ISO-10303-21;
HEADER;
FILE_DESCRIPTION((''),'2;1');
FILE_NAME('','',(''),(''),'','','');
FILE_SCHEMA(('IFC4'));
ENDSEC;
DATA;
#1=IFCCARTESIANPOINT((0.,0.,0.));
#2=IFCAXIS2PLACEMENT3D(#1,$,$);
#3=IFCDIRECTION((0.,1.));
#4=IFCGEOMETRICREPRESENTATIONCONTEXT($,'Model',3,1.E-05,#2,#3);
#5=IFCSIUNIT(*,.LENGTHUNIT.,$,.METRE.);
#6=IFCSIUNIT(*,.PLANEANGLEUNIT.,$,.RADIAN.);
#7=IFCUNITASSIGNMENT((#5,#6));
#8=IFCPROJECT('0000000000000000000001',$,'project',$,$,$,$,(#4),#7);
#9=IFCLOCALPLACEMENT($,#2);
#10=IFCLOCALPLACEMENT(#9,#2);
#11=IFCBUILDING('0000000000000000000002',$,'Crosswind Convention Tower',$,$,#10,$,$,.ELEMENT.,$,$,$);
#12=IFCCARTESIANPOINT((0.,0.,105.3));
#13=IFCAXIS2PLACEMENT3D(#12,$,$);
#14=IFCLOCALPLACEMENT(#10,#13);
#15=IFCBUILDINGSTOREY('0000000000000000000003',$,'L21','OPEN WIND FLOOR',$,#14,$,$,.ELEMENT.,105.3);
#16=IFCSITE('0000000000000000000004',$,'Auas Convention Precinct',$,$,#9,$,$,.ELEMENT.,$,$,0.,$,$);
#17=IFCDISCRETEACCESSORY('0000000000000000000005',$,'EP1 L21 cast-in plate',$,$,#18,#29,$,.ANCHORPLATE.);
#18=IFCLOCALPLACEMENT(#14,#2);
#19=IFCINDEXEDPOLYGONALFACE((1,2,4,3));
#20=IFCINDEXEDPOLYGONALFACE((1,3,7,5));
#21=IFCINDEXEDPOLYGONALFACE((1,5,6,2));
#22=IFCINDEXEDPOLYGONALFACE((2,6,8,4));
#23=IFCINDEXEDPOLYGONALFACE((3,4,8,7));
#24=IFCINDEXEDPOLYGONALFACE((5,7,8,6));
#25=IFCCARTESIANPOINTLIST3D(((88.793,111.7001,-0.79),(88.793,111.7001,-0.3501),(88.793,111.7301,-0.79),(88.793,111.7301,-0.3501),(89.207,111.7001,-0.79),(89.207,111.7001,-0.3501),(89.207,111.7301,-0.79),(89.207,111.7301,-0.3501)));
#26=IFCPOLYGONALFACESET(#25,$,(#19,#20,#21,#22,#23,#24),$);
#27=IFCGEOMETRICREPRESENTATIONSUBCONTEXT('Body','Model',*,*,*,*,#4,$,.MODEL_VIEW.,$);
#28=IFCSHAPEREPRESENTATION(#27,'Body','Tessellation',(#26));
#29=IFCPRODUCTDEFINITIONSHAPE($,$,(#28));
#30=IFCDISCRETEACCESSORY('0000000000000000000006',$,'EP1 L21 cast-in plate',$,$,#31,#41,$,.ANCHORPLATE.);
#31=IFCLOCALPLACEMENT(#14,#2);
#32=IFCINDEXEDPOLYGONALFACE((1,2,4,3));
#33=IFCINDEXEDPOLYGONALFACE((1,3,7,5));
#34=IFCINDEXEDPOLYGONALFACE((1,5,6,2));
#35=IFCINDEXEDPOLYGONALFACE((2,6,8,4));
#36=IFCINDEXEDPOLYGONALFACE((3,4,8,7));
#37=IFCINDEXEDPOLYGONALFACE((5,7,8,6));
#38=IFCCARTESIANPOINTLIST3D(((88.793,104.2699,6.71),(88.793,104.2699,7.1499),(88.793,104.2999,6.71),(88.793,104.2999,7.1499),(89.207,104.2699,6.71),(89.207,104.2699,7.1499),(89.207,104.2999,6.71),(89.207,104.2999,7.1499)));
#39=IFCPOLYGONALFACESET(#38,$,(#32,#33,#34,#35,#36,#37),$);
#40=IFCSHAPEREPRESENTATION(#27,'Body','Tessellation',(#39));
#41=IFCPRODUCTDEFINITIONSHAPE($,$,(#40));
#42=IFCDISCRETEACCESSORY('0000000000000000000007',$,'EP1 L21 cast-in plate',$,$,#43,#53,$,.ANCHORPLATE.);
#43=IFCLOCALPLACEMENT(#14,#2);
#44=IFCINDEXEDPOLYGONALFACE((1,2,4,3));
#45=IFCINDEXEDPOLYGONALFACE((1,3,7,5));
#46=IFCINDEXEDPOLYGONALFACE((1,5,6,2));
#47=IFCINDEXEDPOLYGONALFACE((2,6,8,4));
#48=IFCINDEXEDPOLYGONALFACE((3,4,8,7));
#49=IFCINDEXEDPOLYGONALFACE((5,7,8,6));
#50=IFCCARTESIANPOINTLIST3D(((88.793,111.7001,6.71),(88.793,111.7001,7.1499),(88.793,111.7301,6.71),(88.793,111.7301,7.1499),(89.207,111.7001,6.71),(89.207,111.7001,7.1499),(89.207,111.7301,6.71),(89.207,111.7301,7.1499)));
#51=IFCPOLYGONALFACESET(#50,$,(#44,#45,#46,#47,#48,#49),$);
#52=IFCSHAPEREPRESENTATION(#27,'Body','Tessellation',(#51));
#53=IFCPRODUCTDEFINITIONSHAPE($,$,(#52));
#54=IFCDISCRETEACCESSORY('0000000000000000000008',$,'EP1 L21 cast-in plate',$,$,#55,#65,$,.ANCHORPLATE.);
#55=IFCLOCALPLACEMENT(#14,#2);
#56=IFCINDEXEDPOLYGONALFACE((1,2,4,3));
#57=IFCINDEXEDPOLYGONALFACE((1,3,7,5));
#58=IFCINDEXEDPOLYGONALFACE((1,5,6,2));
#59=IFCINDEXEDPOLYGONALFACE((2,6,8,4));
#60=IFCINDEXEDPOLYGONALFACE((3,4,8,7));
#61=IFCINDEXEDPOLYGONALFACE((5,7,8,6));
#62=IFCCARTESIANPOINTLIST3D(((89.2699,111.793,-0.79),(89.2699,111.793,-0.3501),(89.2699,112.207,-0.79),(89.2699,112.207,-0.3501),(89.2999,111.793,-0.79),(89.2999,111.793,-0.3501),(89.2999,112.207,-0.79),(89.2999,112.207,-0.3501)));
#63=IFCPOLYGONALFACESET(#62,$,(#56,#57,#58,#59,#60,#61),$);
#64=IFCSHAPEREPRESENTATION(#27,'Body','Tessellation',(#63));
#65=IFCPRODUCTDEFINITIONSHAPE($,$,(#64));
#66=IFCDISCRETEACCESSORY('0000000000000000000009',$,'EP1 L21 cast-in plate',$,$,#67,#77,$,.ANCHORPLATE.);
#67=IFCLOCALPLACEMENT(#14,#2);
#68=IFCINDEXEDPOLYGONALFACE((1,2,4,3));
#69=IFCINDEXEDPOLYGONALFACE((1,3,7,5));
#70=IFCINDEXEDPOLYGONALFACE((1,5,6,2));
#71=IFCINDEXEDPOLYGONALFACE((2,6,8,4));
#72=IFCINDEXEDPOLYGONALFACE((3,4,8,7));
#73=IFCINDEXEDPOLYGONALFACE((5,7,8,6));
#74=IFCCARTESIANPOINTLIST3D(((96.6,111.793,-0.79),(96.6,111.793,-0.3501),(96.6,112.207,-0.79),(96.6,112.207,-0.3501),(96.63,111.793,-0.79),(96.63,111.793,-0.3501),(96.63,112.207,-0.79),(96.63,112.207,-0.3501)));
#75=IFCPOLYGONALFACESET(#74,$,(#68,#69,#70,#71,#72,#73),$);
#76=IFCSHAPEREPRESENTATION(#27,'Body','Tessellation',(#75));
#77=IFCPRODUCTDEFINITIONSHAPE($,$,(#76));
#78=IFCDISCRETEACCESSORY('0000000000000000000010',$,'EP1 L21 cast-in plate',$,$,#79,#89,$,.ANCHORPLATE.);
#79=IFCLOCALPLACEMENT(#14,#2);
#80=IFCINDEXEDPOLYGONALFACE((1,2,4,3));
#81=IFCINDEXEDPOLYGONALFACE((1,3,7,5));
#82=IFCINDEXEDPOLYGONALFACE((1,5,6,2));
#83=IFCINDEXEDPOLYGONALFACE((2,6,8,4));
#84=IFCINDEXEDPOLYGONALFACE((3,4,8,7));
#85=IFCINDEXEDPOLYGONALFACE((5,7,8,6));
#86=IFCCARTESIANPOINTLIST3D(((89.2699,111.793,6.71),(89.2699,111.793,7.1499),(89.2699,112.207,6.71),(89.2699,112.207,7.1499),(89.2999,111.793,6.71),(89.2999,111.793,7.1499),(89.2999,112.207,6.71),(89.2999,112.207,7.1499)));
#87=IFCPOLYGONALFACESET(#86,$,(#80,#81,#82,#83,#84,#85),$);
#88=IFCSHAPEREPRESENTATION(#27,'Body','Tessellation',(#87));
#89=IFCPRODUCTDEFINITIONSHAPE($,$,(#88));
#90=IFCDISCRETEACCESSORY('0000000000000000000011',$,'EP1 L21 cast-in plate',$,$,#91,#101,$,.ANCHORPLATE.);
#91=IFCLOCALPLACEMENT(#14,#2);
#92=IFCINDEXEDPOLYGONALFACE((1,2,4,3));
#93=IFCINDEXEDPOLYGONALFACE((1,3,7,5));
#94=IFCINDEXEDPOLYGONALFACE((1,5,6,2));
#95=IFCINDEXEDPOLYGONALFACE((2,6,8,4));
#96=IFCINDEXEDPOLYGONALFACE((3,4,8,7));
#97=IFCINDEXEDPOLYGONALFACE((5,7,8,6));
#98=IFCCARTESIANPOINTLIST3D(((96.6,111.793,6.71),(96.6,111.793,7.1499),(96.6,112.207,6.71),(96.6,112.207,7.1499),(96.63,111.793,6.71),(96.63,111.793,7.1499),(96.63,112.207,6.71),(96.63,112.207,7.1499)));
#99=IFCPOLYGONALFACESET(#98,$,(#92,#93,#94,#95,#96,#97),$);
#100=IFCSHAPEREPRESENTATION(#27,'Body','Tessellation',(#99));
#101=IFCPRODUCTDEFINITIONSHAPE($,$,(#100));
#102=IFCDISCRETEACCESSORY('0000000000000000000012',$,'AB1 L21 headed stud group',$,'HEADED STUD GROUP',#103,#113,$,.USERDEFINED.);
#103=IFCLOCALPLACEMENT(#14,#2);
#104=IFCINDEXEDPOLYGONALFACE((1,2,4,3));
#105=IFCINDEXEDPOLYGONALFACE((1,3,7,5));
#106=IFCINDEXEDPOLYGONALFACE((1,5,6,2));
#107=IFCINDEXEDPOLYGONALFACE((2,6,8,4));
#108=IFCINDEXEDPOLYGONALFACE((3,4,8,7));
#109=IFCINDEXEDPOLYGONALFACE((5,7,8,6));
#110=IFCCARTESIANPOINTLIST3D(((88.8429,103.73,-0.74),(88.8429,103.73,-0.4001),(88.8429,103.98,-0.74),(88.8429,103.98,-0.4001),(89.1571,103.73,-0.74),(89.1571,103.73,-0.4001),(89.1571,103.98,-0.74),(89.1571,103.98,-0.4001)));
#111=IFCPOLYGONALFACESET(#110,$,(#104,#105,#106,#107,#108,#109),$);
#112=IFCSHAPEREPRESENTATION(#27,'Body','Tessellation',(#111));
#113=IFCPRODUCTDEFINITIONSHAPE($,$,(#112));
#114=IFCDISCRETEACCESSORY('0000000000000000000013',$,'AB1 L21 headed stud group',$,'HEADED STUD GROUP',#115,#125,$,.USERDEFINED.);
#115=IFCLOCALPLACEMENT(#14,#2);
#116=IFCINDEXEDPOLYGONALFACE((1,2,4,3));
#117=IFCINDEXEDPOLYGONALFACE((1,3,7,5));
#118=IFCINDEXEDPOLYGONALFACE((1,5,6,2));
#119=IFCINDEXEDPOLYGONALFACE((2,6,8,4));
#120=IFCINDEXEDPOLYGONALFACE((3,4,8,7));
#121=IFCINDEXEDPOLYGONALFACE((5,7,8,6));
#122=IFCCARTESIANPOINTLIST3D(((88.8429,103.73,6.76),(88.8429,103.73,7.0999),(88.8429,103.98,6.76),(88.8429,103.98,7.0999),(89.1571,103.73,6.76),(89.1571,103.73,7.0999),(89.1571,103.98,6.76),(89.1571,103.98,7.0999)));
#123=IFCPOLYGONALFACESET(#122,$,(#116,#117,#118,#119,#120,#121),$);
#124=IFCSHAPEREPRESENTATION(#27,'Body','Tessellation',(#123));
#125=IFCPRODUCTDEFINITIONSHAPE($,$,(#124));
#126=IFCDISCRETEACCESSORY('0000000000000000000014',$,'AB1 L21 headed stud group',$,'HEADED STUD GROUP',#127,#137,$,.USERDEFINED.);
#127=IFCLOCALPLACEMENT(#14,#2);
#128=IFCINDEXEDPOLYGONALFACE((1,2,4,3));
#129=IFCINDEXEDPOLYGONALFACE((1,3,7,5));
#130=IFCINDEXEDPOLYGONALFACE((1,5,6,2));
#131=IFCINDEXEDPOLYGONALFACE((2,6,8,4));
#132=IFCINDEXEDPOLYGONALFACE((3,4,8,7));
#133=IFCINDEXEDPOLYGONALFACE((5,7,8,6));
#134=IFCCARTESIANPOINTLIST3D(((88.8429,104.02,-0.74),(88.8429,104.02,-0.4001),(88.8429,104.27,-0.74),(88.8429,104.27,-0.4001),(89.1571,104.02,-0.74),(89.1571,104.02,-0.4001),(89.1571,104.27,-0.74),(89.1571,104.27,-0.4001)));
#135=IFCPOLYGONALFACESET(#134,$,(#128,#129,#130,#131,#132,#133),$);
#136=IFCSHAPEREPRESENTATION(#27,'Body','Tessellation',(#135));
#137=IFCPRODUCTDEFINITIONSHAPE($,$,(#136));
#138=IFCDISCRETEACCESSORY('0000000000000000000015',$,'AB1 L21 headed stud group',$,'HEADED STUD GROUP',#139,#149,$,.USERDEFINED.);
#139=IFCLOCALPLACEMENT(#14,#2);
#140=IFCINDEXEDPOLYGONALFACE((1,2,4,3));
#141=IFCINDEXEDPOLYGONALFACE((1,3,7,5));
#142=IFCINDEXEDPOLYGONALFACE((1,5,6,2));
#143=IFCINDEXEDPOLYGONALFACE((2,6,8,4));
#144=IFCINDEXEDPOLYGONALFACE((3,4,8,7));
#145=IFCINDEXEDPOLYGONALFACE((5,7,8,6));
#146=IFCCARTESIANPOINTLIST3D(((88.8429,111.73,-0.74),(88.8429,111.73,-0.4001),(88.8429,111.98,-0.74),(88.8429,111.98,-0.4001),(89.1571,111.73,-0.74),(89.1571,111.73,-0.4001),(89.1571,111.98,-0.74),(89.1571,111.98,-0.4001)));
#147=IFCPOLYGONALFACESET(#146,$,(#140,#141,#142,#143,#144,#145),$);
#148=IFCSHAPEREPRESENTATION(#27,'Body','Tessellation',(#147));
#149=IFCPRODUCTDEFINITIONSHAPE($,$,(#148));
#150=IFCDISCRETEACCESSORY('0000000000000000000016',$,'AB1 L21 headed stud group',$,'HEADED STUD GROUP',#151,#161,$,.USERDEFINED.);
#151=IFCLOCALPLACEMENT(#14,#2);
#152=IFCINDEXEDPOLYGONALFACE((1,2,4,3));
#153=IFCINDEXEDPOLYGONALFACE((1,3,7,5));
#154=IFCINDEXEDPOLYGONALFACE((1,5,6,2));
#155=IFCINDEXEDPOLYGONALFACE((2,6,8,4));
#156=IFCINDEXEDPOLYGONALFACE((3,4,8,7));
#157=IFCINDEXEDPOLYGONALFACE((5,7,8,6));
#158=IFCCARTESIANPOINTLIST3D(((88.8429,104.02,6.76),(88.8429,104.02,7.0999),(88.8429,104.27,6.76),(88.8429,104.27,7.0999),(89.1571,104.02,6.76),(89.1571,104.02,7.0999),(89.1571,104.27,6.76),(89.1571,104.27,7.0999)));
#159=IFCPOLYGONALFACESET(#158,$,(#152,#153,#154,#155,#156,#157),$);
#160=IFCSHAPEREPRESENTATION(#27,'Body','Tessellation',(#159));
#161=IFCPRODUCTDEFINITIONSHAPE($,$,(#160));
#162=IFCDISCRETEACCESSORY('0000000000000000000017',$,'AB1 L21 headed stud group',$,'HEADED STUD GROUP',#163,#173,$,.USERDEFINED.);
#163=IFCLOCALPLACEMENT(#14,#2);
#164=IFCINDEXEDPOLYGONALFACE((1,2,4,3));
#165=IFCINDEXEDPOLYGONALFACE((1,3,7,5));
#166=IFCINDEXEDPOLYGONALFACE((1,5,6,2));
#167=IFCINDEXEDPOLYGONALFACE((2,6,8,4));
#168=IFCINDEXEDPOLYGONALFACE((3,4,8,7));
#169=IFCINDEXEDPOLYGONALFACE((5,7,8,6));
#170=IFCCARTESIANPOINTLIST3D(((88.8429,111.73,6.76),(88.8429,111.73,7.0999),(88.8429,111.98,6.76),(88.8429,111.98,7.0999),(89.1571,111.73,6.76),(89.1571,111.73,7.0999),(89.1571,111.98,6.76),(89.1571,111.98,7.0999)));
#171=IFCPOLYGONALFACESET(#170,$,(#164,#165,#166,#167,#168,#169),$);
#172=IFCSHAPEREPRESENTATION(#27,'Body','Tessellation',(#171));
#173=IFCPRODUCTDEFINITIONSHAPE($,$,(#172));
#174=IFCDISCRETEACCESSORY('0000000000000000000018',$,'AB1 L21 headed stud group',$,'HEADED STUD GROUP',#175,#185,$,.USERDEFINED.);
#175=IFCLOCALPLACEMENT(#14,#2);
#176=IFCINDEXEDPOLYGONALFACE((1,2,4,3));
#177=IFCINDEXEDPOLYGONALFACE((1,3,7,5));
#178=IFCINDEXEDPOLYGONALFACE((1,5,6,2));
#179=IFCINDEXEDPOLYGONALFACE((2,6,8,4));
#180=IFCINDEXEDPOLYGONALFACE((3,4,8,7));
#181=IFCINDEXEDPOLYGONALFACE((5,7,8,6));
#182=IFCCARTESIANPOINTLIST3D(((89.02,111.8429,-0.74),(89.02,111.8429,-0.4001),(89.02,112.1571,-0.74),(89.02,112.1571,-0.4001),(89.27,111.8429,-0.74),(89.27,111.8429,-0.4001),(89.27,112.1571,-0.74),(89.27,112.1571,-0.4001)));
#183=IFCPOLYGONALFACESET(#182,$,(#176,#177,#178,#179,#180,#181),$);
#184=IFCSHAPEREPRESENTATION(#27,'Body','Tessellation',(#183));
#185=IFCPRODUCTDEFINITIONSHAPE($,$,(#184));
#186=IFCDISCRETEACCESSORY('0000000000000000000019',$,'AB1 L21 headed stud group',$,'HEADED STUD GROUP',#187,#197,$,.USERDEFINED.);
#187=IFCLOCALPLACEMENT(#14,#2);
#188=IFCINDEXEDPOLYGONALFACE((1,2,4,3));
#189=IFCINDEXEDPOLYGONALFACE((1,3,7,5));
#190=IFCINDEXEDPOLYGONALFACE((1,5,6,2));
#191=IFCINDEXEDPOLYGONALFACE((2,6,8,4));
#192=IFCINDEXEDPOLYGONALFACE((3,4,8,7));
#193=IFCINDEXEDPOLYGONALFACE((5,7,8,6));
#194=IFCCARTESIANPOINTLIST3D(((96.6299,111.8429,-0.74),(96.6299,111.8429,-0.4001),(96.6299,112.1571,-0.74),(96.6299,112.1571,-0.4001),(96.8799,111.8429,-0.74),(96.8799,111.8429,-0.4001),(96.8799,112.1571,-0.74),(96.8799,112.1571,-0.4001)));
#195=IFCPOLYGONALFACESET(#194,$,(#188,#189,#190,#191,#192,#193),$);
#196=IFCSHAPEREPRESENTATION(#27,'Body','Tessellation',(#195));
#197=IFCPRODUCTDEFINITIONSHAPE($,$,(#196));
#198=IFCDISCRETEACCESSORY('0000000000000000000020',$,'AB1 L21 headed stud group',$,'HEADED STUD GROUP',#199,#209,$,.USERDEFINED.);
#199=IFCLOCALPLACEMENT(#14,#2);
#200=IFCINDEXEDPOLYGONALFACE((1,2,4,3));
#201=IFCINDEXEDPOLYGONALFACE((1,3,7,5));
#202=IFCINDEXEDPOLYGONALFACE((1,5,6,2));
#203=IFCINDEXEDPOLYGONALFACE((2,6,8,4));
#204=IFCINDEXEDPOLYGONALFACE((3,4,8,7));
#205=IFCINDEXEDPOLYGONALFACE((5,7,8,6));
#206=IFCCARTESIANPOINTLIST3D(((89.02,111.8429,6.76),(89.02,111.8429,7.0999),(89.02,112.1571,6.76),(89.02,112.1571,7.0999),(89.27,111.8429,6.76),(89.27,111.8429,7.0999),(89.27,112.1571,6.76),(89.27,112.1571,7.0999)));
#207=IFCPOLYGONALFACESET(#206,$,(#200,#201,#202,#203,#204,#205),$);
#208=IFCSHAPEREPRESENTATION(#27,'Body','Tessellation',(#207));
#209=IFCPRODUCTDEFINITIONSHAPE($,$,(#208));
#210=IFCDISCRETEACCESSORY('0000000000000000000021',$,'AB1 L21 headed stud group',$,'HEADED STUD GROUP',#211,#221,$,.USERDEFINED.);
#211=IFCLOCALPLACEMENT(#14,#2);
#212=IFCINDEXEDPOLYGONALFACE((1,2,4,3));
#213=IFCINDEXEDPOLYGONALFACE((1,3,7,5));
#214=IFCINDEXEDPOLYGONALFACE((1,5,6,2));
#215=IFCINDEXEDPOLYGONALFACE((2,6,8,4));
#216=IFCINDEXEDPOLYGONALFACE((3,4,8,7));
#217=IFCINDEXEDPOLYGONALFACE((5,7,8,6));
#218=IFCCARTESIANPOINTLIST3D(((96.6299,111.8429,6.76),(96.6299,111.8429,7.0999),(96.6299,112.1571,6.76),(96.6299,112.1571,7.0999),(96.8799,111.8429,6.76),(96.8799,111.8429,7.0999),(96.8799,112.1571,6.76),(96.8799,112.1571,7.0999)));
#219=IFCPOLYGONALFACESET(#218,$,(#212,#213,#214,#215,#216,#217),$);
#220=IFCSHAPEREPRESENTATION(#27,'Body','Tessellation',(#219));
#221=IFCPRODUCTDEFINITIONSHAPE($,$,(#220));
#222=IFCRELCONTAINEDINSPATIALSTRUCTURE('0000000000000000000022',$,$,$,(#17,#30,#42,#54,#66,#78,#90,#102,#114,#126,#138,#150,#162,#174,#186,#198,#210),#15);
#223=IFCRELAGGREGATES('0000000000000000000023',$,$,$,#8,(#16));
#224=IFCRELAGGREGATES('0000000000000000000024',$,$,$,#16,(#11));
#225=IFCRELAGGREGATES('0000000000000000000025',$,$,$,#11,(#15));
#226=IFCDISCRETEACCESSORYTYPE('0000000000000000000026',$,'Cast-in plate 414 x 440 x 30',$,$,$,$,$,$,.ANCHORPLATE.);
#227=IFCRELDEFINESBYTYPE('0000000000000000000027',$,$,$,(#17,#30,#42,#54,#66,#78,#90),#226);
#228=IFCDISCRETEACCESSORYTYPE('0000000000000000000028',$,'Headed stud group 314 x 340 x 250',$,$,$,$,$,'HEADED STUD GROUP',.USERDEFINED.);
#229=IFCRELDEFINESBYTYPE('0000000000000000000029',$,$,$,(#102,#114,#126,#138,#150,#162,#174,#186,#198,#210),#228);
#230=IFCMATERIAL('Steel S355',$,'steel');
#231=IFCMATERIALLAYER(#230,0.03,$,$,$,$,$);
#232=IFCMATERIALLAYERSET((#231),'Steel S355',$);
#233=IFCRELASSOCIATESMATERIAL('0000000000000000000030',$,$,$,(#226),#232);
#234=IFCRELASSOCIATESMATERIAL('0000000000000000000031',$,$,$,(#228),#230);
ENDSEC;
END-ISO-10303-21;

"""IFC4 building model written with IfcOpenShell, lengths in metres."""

from ifc_helpers import new_model, si_unit, direction, frame, origin, origin_2d, place, context, subcontext, project, spatial, rectangle, extrude, material, layer, layer_set, type_object, element, save


model = new_model("IFC4")

# Units and contexts
model_context = context("Model", 3, precision=1e-05, world=origin(), true_north=direction((0.0, 1.0)))
body_context = subcontext(model_context, "Body", "Model", "MODEL_VIEW")
ifc_project = project(units=[si_unit("LENGTHUNIT", "METRE"), si_unit("PLANEANGLEUNIT", "RADIAN")], contexts=[model_context])

# Site, building, storey
site_placement = place(None, origin())
site = spatial("IfcSite", under=ifc_project, at=site_placement, Name="Auas Convention Precinct", CompositionType="ELEMENT", RefElevation=0.0)
building_placement = place(site_placement, origin())
building = spatial("IfcBuilding", under=site, at=building_placement, Name="Crosswind Convention Tower", CompositionType="ELEMENT")
storey_placement = place(building_placement, frame((0.0, 0.0, 105.3)))
storey = spatial("IfcBuildingStorey", under=building, at=storey_placement, Name="L21", Description="OPEN WIND FLOOR", CompositionType="ELEMENT", Elevation=105.3)

# Shared definitions
ifc_material_1 = material(Name="Steel S355", Category="steel")

# Discrete accessories
ifc_layer_1 = layer(ifc_material_1, 0.03)
ifc_layer_set_1 = layer_set([ifc_layer_1], Name="Steel S355")
discrete_accessory_type_1 = type_object("IfcDiscreteAccessoryType", Name="Cast-in plate 414 x 440 x 30", PredefinedType="ANCHORPLATE", material=ifc_layer_set_1)
for number, where, z_axis, x_axis, name in (
    (1, (89.0, 111.7151, -0.79), (0.0, 0.0, 1.0), (1.0, 0.0, 0.0), "EP1 L21 cast-in plate"),
    (2, (89.0, 104.2849, 6.71), (0.0, 0.0, 1.0), (1.0, 0.0, 0.0), "EP1 L21 cast-in plate"),
    (3, (89.0, 111.7151, 6.71), (0.0, 0.0, 1.0), (1.0, 0.0, 0.0), "EP1 L21 cast-in plate"),
):
    element("IfcDiscreteAccessory", number, at=place(storey_placement, frame(where, z_axis=z_axis, x_axis=x_axis)), inside=storey, type_object=discrete_accessory_type_1, Name=name, PredefinedType="ANCHORPLATE", context=body_context, shape_type="SweptSolid", body=[
        extrude(rectangle(XDim=0.4141, YDim=0.03, at=origin_2d()), origin(), (0.0, 0.0, 1.0), 0.4399),
    ])
for number, where, z_axis, x_axis, name in (
    (4, (89.2849, 112.0, -0.79), (0.0, 0.0, 1.0), (1.0, 0.0, 0.0), "EP1 L21 cast-in plate"),
    (5, (96.615, 112.0, -0.79), (0.0, 0.0, 1.0), (1.0, 0.0, 0.0), "EP1 L21 cast-in plate"),
    (6, (89.2849, 112.0, 6.71), (0.0, 0.0, 1.0), (1.0, 0.0, 0.0), "EP1 L21 cast-in plate"),
    (7, (96.615, 112.0, 6.71), (0.0, 0.0, 1.0), (1.0, 0.0, 0.0), "EP1 L21 cast-in plate"),
):
    element("IfcDiscreteAccessory", number, at=place(storey_placement, frame(where, z_axis=z_axis, x_axis=x_axis)), inside=storey, type_object=discrete_accessory_type_1, Name=name, PredefinedType="ANCHORPLATE", context=body_context, shape_type="SweptSolid", body=[
        extrude(rectangle(XDim=0.03, YDim=0.4141, at=origin_2d()), origin(), (0.0, 0.0, 1.0), 0.4399),
    ])
discrete_accessory_type_2 = type_object("IfcDiscreteAccessoryType", Name="Headed stud group 314 x 340 x 250", ElementType="HEADED STUD GROUP", PredefinedType="USERDEFINED", material=ifc_material_1)
for number, where, z_axis, x_axis, name in (
    (8, (89.0, 103.855, -0.74), (0.0, 0.0, 1.0), (1.0, 0.0, 0.0), "AB1 L21 headed stud group"),
    (9, (89.0, 103.855, 6.76), (0.0, 0.0, 1.0), (1.0, 0.0, 0.0), "AB1 L21 headed stud group"),
    (10, (89.0, 104.145, -0.74), (0.0, 0.0, 1.0), (1.0, 0.0, 0.0), "AB1 L21 headed stud group"),
    (11, (89.0, 111.855, -0.74), (0.0, 0.0, 1.0), (1.0, 0.0, 0.0), "AB1 L21 headed stud group"),
    (12, (89.0, 104.145, 6.76), (0.0, 0.0, 1.0), (1.0, 0.0, 0.0), "AB1 L21 headed stud group"),
    (13, (89.0, 111.855, 6.76), (0.0, 0.0, 1.0), (1.0, 0.0, 0.0), "AB1 L21 headed stud group"),
):
    element("IfcDiscreteAccessory", number, at=place(storey_placement, frame(where, z_axis=z_axis, x_axis=x_axis)), inside=storey, type_object=discrete_accessory_type_2, Name=name, ObjectType="HEADED STUD GROUP", PredefinedType="USERDEFINED", context=body_context, shape_type="SweptSolid", body=[
        extrude(rectangle(XDim=0.3142, YDim=0.25, at=origin_2d()), origin(), (0.0, 0.0, 1.0), 0.3398),
    ])
for number, where, z_axis, x_axis, name in (
    (14, (89.145, 112.0, -0.74), (0.0, 0.0, 1.0), (1.0, 0.0, 0.0), "AB1 L21 headed stud group"),
    (15, (96.7549, 112.0, -0.74), (0.0, 0.0, 1.0), (1.0, 0.0, 0.0), "AB1 L21 headed stud group"),
    (16, (89.145, 112.0, 6.76), (0.0, 0.0, 1.0), (1.0, 0.0, 0.0), "AB1 L21 headed stud group"),
    (17, (96.7549, 112.0, 6.76), (0.0, 0.0, 1.0), (1.0, 0.0, 0.0), "AB1 L21 headed stud group"),
):
    element("IfcDiscreteAccessory", number, at=place(storey_placement, frame(where, z_axis=z_axis, x_axis=x_axis)), inside=storey, type_object=discrete_accessory_type_2, Name=name, ObjectType="HEADED STUD GROUP", PredefinedType="USERDEFINED", context=body_context, shape_type="SweptSolid", body=[
        extrude(rectangle(XDim=0.25, YDim=0.3142, at=origin_2d()), origin(), (0.0, 0.0, 1.0), 0.3398),
    ])

save(model, "model.ifc")
